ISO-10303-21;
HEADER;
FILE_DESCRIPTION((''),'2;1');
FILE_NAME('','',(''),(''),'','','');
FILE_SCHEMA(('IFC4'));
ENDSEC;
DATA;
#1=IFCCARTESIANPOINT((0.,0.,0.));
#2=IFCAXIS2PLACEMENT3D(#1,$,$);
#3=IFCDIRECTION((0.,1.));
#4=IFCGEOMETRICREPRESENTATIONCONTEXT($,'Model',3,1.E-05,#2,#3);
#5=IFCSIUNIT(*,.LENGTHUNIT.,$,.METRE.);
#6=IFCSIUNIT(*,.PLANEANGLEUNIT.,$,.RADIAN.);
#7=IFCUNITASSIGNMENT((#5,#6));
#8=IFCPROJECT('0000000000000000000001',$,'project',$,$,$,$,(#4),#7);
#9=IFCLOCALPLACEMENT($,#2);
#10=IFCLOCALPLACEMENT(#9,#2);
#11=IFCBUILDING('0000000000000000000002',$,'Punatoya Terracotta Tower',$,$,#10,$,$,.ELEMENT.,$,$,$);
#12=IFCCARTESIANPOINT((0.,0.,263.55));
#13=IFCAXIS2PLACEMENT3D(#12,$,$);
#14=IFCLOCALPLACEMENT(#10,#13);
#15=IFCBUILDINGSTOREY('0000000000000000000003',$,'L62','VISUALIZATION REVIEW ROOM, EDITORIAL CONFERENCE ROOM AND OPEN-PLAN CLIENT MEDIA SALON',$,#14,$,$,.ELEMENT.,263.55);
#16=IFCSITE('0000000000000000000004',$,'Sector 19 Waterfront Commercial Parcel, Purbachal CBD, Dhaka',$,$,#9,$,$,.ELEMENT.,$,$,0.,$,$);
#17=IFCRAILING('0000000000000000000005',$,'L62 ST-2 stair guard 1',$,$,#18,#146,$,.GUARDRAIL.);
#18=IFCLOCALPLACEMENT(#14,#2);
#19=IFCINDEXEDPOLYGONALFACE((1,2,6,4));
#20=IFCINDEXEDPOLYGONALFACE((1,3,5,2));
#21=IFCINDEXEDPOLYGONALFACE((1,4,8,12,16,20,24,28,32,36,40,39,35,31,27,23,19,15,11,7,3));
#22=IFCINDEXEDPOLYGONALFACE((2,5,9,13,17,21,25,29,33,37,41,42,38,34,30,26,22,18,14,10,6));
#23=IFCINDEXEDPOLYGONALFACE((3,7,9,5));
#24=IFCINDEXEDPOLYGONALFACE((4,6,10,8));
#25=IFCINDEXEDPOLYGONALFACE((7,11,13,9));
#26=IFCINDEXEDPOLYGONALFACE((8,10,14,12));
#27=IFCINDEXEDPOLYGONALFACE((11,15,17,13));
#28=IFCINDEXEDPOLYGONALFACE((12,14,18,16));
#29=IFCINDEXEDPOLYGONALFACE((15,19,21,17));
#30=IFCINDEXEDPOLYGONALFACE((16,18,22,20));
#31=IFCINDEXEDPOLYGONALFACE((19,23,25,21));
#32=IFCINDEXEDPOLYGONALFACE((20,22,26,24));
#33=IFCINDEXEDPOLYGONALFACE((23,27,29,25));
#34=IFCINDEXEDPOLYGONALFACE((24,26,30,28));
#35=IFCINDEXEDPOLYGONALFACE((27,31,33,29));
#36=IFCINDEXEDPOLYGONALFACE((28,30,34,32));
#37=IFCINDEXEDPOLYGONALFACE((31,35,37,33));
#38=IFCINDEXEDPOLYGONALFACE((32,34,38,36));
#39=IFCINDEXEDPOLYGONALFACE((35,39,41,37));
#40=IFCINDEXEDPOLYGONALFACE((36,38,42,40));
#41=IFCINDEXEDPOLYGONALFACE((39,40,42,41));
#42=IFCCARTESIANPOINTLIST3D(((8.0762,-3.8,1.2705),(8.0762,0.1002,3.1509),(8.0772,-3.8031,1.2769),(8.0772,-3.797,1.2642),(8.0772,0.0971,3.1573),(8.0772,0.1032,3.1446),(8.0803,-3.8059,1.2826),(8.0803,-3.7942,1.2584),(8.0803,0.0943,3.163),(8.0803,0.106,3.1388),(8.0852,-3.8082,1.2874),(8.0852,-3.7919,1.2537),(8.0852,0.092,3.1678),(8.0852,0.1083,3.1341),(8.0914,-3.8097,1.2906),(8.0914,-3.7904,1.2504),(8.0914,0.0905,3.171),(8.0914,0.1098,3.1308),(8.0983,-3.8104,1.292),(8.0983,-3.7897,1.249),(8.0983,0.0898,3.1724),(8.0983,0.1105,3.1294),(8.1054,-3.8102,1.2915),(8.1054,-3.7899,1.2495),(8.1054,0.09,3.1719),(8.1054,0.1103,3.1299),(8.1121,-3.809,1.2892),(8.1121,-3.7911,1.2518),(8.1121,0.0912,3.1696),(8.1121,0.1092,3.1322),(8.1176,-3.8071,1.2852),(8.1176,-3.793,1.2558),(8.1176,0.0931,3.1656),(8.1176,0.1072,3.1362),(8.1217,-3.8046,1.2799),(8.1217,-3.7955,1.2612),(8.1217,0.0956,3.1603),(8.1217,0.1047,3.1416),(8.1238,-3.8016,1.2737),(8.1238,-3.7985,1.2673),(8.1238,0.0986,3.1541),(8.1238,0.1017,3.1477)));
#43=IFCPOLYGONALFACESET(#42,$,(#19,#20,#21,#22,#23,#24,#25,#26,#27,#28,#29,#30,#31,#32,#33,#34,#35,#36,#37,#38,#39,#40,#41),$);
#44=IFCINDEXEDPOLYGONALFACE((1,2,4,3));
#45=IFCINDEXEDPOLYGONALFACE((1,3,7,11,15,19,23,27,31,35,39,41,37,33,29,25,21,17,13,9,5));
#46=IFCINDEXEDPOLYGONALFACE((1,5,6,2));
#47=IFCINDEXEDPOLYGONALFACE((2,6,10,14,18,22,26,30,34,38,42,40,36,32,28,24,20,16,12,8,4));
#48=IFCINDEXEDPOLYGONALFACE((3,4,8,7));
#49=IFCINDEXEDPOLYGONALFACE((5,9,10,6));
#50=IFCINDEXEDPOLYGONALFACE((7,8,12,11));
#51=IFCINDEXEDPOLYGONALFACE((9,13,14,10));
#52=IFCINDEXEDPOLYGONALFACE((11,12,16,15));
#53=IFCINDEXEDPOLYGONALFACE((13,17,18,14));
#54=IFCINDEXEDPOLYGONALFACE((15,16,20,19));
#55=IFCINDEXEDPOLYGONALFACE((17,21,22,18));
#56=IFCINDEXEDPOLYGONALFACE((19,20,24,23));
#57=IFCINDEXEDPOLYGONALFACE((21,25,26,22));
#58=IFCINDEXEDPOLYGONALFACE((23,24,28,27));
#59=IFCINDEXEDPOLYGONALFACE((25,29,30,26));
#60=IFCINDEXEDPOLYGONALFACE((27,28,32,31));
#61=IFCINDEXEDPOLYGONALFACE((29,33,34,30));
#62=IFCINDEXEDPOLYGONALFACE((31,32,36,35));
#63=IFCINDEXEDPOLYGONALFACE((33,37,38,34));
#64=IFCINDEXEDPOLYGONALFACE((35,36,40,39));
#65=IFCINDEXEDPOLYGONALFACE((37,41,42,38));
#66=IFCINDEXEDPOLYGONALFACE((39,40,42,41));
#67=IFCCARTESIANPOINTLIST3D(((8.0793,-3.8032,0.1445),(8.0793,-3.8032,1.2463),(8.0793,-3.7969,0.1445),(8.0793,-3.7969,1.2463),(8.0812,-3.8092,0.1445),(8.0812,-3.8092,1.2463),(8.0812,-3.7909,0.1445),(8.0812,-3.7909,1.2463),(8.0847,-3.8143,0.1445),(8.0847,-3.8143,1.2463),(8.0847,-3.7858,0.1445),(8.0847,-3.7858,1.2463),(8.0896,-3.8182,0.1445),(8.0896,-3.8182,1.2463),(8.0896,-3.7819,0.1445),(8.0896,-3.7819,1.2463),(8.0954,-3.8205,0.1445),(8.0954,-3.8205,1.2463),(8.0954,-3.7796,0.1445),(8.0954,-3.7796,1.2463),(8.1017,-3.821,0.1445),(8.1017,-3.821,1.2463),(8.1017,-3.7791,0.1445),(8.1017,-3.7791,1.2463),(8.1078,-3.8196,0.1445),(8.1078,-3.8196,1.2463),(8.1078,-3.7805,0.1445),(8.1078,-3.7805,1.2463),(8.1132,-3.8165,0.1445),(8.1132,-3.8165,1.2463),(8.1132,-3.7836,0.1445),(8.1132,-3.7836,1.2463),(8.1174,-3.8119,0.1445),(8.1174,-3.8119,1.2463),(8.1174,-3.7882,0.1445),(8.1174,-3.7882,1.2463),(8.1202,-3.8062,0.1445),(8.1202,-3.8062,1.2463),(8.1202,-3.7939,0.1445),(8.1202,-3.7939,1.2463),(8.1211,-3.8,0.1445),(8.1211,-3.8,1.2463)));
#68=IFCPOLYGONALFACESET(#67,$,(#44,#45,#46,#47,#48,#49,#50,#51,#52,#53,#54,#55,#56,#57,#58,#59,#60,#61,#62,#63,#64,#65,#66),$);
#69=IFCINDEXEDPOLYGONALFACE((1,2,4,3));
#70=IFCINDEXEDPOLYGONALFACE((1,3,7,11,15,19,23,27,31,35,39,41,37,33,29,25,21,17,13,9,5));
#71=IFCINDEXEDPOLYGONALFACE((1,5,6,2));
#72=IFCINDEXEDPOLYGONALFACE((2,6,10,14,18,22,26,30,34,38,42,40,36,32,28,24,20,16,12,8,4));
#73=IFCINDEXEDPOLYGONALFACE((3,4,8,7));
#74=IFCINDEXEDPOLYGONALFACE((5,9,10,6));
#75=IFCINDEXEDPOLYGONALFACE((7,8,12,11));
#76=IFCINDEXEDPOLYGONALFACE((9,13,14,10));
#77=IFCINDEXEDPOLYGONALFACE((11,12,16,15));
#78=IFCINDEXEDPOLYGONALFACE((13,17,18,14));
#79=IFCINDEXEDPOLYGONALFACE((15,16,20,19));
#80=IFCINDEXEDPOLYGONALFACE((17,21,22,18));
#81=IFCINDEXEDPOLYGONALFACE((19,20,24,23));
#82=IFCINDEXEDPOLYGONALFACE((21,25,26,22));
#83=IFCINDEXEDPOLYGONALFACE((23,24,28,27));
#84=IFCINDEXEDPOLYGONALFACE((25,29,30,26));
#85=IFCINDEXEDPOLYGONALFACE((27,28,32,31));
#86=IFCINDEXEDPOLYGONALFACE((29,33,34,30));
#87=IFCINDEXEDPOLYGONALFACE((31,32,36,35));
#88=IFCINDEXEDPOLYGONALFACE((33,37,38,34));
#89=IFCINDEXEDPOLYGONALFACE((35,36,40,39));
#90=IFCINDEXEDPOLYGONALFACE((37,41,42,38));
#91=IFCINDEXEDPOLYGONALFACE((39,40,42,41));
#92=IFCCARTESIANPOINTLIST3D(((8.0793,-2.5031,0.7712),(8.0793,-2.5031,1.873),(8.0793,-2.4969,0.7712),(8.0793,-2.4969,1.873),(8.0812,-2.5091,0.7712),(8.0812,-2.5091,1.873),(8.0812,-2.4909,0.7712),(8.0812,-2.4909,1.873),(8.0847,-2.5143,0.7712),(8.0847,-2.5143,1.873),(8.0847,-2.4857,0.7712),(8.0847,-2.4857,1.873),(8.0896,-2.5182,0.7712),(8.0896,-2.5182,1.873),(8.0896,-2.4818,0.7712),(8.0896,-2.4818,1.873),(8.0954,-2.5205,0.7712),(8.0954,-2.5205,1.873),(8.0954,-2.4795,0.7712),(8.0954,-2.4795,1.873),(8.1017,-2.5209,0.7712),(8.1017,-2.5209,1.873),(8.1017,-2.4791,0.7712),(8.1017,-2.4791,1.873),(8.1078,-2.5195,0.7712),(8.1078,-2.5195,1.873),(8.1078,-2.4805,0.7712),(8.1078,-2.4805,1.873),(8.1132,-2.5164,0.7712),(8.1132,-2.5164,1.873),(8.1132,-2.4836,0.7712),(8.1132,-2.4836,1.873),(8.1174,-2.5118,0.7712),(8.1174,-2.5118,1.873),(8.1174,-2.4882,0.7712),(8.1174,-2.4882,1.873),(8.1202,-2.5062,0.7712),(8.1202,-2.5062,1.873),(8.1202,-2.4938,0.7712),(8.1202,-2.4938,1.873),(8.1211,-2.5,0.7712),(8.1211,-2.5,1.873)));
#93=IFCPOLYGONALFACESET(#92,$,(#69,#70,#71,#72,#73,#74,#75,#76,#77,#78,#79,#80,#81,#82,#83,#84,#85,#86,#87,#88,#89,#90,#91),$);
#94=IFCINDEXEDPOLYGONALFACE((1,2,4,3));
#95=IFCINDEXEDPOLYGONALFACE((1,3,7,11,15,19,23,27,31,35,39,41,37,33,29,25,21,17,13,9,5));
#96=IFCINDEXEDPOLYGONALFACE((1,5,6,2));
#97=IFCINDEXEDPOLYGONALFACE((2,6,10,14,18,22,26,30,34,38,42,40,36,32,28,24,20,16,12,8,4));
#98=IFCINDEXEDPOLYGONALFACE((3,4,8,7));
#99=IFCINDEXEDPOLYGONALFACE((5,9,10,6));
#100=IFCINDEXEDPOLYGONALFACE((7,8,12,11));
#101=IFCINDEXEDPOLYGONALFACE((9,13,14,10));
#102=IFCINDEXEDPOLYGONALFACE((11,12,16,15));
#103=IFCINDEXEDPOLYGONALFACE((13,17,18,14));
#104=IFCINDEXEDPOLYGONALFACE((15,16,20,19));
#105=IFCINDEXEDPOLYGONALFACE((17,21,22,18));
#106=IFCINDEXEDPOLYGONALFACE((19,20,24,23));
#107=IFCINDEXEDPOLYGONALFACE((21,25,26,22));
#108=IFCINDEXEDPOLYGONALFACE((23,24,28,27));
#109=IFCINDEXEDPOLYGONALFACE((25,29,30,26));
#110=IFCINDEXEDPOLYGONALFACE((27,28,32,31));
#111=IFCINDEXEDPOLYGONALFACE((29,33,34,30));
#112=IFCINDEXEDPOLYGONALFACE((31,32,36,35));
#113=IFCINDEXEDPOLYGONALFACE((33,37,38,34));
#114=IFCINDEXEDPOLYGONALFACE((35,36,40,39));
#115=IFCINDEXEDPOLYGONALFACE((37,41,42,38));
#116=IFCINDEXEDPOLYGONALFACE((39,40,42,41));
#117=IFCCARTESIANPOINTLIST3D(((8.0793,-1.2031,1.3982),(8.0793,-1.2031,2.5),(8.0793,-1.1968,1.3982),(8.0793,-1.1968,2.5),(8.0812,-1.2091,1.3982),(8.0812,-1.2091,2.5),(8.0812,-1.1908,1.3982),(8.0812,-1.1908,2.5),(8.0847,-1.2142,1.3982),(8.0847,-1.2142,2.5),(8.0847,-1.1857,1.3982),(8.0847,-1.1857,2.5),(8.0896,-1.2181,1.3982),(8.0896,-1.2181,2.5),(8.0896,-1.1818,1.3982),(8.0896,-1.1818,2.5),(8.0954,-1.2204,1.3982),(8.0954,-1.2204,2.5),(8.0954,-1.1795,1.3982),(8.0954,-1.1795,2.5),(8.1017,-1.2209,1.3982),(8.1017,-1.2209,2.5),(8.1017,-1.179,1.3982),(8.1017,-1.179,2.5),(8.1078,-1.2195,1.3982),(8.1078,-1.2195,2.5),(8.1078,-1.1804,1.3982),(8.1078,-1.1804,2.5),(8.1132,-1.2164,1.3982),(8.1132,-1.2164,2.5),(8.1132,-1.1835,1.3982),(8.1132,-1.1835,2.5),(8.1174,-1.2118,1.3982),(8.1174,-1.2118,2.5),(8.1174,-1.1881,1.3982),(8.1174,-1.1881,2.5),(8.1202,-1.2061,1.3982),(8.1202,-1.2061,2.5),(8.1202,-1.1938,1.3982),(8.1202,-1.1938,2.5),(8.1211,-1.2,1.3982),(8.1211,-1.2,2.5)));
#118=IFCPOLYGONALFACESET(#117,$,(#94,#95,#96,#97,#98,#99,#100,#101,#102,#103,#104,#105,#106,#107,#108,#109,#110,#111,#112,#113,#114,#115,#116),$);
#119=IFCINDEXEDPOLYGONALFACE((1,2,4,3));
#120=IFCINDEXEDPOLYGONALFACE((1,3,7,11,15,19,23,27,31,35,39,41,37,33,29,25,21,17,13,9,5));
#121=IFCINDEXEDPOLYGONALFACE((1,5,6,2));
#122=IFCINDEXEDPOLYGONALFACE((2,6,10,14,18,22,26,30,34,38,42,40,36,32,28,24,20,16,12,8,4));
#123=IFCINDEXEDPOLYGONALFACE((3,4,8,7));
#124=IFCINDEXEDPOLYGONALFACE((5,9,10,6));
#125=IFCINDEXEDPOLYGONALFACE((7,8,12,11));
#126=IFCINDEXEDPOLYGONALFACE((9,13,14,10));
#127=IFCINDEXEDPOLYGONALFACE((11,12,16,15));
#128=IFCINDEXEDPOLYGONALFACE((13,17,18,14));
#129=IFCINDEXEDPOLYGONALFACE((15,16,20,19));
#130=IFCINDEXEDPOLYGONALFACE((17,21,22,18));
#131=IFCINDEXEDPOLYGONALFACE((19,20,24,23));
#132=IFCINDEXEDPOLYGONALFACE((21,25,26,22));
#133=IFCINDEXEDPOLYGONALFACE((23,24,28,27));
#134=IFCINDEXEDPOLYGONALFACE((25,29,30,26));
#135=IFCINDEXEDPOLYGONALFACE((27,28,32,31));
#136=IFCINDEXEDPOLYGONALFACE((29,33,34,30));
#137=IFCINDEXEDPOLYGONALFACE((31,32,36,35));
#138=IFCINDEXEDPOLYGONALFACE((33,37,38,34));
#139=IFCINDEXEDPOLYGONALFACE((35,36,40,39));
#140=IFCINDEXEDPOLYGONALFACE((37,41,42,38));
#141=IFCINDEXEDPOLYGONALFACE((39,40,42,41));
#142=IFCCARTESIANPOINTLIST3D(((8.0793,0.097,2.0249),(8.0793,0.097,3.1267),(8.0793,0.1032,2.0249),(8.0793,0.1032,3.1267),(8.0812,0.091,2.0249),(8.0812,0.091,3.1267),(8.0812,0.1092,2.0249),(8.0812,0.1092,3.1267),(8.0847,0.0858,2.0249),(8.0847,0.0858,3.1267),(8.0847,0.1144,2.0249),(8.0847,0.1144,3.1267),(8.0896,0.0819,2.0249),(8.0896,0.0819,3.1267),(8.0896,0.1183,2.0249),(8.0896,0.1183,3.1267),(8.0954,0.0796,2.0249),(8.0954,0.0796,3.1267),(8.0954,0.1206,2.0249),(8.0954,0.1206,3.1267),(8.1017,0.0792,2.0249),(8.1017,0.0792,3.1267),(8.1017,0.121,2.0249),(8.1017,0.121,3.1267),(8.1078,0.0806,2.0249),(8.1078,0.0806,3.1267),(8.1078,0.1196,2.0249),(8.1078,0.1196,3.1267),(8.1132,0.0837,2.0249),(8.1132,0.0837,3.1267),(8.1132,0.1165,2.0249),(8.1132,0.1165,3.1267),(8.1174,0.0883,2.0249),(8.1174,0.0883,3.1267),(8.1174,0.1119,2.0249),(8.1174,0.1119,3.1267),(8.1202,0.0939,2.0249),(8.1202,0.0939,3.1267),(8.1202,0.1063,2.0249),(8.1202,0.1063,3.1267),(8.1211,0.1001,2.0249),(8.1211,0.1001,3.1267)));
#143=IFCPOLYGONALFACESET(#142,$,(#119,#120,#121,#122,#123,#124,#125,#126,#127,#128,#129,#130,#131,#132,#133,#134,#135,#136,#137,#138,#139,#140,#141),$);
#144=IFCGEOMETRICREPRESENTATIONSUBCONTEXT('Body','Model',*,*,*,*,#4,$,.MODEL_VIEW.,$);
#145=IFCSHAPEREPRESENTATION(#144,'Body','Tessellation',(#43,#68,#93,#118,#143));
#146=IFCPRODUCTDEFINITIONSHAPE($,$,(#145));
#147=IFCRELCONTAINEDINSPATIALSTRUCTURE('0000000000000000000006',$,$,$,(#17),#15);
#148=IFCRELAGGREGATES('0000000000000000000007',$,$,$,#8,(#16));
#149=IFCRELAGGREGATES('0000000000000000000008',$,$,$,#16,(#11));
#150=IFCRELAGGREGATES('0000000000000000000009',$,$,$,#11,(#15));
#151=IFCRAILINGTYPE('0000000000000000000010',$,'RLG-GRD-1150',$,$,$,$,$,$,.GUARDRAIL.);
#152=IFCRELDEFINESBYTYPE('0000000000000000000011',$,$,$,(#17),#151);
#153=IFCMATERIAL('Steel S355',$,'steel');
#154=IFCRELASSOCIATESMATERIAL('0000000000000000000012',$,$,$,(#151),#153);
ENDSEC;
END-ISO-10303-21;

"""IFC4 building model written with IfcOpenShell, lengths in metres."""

from ifc_helpers import new_model, si_unit, direction, frame, origin, origin_2d, place, context, subcontext, project, spatial, circle, extrude, material, type_object, element, save


model = new_model("IFC4")

# Units and contexts
model_context = context("Model", 3, precision=1e-05, world=origin(), true_north=direction((0.0, 1.0)))
body_context = subcontext(model_context, "Body", "Model", "MODEL_VIEW")
ifc_project = project(units=[si_unit("LENGTHUNIT", "METRE"), si_unit("PLANEANGLEUNIT", "RADIAN")], contexts=[model_context])

# Site, building, storey
site_placement = place(None, origin())
site = spatial("IfcSite", under=ifc_project, at=site_placement, Name="Sector 19 Waterfront Commercial Parcel, Purbachal CBD, Dhaka", CompositionType="ELEMENT", RefElevation=0.0)
building_placement = place(site_placement, origin())
building = spatial("IfcBuilding", under=site, at=building_placement, Name="Punatoya Terracotta Tower", CompositionType="ELEMENT")
storey_placement = place(building_placement, frame((0.0, 0.0, 263.55)))
storey = spatial("IfcBuildingStorey", under=building, at=storey_placement, Name="L62", Description="VISUALIZATION REVIEW ROOM, EDITORIAL CONFERENCE ROOM AND OPEN-PLAN CLIENT MEDIA SALON", CompositionType="ELEMENT", Elevation=263.55)

# Shared definitions
ifc_material_1 = material(Name="Steel S355", Category="steel")

# Railing
railing_type_1 = type_object("IfcRailingType", Name="RLG-GRD-1150", PredefinedType="GUARDRAIL", material=ifc_material_1)
railing_1_placement = place(storey_placement, frame((8.1001, -3.8, 0.1445)))
element("IfcRailing", 1, at=railing_1_placement, inside=storey, type_object=railing_type_1, Name="L62 ST-2 stair guard 1", PredefinedType="GUARDRAIL", context=body_context, shape_type="SweptSolid", body=[
    extrude(circle(Radius=0.0239, at=origin_2d()), frame((0.0, 0.0, 1.126), z_axis=(0.0, 0.900774, 0.434289), x_axis=(-1.0, 0.0, 0.0)), (0.0, 0.0, 1.0), 4.3298),
    extrude(circle(Radius=0.021, at=origin_2d()), origin(), (0.0, 0.0, 1.0), 1.1018),
    extrude(circle(Radius=0.021, at=origin_2d()), frame((0.0, 1.3, 0.6267)), (0.0, 0.0, 1.0), 1.1018),
    extrude(circle(Radius=0.021, at=origin_2d()), frame((0.0, 2.6001, 1.2537)), (0.0, 0.0, 1.0), 1.1018),
    extrude(circle(Radius=0.021, at=origin_2d()), frame((0.0, 3.9001, 1.8804)), (0.0, 0.0, 1.0), 1.1018),
])

save(model, "model.ifc")
